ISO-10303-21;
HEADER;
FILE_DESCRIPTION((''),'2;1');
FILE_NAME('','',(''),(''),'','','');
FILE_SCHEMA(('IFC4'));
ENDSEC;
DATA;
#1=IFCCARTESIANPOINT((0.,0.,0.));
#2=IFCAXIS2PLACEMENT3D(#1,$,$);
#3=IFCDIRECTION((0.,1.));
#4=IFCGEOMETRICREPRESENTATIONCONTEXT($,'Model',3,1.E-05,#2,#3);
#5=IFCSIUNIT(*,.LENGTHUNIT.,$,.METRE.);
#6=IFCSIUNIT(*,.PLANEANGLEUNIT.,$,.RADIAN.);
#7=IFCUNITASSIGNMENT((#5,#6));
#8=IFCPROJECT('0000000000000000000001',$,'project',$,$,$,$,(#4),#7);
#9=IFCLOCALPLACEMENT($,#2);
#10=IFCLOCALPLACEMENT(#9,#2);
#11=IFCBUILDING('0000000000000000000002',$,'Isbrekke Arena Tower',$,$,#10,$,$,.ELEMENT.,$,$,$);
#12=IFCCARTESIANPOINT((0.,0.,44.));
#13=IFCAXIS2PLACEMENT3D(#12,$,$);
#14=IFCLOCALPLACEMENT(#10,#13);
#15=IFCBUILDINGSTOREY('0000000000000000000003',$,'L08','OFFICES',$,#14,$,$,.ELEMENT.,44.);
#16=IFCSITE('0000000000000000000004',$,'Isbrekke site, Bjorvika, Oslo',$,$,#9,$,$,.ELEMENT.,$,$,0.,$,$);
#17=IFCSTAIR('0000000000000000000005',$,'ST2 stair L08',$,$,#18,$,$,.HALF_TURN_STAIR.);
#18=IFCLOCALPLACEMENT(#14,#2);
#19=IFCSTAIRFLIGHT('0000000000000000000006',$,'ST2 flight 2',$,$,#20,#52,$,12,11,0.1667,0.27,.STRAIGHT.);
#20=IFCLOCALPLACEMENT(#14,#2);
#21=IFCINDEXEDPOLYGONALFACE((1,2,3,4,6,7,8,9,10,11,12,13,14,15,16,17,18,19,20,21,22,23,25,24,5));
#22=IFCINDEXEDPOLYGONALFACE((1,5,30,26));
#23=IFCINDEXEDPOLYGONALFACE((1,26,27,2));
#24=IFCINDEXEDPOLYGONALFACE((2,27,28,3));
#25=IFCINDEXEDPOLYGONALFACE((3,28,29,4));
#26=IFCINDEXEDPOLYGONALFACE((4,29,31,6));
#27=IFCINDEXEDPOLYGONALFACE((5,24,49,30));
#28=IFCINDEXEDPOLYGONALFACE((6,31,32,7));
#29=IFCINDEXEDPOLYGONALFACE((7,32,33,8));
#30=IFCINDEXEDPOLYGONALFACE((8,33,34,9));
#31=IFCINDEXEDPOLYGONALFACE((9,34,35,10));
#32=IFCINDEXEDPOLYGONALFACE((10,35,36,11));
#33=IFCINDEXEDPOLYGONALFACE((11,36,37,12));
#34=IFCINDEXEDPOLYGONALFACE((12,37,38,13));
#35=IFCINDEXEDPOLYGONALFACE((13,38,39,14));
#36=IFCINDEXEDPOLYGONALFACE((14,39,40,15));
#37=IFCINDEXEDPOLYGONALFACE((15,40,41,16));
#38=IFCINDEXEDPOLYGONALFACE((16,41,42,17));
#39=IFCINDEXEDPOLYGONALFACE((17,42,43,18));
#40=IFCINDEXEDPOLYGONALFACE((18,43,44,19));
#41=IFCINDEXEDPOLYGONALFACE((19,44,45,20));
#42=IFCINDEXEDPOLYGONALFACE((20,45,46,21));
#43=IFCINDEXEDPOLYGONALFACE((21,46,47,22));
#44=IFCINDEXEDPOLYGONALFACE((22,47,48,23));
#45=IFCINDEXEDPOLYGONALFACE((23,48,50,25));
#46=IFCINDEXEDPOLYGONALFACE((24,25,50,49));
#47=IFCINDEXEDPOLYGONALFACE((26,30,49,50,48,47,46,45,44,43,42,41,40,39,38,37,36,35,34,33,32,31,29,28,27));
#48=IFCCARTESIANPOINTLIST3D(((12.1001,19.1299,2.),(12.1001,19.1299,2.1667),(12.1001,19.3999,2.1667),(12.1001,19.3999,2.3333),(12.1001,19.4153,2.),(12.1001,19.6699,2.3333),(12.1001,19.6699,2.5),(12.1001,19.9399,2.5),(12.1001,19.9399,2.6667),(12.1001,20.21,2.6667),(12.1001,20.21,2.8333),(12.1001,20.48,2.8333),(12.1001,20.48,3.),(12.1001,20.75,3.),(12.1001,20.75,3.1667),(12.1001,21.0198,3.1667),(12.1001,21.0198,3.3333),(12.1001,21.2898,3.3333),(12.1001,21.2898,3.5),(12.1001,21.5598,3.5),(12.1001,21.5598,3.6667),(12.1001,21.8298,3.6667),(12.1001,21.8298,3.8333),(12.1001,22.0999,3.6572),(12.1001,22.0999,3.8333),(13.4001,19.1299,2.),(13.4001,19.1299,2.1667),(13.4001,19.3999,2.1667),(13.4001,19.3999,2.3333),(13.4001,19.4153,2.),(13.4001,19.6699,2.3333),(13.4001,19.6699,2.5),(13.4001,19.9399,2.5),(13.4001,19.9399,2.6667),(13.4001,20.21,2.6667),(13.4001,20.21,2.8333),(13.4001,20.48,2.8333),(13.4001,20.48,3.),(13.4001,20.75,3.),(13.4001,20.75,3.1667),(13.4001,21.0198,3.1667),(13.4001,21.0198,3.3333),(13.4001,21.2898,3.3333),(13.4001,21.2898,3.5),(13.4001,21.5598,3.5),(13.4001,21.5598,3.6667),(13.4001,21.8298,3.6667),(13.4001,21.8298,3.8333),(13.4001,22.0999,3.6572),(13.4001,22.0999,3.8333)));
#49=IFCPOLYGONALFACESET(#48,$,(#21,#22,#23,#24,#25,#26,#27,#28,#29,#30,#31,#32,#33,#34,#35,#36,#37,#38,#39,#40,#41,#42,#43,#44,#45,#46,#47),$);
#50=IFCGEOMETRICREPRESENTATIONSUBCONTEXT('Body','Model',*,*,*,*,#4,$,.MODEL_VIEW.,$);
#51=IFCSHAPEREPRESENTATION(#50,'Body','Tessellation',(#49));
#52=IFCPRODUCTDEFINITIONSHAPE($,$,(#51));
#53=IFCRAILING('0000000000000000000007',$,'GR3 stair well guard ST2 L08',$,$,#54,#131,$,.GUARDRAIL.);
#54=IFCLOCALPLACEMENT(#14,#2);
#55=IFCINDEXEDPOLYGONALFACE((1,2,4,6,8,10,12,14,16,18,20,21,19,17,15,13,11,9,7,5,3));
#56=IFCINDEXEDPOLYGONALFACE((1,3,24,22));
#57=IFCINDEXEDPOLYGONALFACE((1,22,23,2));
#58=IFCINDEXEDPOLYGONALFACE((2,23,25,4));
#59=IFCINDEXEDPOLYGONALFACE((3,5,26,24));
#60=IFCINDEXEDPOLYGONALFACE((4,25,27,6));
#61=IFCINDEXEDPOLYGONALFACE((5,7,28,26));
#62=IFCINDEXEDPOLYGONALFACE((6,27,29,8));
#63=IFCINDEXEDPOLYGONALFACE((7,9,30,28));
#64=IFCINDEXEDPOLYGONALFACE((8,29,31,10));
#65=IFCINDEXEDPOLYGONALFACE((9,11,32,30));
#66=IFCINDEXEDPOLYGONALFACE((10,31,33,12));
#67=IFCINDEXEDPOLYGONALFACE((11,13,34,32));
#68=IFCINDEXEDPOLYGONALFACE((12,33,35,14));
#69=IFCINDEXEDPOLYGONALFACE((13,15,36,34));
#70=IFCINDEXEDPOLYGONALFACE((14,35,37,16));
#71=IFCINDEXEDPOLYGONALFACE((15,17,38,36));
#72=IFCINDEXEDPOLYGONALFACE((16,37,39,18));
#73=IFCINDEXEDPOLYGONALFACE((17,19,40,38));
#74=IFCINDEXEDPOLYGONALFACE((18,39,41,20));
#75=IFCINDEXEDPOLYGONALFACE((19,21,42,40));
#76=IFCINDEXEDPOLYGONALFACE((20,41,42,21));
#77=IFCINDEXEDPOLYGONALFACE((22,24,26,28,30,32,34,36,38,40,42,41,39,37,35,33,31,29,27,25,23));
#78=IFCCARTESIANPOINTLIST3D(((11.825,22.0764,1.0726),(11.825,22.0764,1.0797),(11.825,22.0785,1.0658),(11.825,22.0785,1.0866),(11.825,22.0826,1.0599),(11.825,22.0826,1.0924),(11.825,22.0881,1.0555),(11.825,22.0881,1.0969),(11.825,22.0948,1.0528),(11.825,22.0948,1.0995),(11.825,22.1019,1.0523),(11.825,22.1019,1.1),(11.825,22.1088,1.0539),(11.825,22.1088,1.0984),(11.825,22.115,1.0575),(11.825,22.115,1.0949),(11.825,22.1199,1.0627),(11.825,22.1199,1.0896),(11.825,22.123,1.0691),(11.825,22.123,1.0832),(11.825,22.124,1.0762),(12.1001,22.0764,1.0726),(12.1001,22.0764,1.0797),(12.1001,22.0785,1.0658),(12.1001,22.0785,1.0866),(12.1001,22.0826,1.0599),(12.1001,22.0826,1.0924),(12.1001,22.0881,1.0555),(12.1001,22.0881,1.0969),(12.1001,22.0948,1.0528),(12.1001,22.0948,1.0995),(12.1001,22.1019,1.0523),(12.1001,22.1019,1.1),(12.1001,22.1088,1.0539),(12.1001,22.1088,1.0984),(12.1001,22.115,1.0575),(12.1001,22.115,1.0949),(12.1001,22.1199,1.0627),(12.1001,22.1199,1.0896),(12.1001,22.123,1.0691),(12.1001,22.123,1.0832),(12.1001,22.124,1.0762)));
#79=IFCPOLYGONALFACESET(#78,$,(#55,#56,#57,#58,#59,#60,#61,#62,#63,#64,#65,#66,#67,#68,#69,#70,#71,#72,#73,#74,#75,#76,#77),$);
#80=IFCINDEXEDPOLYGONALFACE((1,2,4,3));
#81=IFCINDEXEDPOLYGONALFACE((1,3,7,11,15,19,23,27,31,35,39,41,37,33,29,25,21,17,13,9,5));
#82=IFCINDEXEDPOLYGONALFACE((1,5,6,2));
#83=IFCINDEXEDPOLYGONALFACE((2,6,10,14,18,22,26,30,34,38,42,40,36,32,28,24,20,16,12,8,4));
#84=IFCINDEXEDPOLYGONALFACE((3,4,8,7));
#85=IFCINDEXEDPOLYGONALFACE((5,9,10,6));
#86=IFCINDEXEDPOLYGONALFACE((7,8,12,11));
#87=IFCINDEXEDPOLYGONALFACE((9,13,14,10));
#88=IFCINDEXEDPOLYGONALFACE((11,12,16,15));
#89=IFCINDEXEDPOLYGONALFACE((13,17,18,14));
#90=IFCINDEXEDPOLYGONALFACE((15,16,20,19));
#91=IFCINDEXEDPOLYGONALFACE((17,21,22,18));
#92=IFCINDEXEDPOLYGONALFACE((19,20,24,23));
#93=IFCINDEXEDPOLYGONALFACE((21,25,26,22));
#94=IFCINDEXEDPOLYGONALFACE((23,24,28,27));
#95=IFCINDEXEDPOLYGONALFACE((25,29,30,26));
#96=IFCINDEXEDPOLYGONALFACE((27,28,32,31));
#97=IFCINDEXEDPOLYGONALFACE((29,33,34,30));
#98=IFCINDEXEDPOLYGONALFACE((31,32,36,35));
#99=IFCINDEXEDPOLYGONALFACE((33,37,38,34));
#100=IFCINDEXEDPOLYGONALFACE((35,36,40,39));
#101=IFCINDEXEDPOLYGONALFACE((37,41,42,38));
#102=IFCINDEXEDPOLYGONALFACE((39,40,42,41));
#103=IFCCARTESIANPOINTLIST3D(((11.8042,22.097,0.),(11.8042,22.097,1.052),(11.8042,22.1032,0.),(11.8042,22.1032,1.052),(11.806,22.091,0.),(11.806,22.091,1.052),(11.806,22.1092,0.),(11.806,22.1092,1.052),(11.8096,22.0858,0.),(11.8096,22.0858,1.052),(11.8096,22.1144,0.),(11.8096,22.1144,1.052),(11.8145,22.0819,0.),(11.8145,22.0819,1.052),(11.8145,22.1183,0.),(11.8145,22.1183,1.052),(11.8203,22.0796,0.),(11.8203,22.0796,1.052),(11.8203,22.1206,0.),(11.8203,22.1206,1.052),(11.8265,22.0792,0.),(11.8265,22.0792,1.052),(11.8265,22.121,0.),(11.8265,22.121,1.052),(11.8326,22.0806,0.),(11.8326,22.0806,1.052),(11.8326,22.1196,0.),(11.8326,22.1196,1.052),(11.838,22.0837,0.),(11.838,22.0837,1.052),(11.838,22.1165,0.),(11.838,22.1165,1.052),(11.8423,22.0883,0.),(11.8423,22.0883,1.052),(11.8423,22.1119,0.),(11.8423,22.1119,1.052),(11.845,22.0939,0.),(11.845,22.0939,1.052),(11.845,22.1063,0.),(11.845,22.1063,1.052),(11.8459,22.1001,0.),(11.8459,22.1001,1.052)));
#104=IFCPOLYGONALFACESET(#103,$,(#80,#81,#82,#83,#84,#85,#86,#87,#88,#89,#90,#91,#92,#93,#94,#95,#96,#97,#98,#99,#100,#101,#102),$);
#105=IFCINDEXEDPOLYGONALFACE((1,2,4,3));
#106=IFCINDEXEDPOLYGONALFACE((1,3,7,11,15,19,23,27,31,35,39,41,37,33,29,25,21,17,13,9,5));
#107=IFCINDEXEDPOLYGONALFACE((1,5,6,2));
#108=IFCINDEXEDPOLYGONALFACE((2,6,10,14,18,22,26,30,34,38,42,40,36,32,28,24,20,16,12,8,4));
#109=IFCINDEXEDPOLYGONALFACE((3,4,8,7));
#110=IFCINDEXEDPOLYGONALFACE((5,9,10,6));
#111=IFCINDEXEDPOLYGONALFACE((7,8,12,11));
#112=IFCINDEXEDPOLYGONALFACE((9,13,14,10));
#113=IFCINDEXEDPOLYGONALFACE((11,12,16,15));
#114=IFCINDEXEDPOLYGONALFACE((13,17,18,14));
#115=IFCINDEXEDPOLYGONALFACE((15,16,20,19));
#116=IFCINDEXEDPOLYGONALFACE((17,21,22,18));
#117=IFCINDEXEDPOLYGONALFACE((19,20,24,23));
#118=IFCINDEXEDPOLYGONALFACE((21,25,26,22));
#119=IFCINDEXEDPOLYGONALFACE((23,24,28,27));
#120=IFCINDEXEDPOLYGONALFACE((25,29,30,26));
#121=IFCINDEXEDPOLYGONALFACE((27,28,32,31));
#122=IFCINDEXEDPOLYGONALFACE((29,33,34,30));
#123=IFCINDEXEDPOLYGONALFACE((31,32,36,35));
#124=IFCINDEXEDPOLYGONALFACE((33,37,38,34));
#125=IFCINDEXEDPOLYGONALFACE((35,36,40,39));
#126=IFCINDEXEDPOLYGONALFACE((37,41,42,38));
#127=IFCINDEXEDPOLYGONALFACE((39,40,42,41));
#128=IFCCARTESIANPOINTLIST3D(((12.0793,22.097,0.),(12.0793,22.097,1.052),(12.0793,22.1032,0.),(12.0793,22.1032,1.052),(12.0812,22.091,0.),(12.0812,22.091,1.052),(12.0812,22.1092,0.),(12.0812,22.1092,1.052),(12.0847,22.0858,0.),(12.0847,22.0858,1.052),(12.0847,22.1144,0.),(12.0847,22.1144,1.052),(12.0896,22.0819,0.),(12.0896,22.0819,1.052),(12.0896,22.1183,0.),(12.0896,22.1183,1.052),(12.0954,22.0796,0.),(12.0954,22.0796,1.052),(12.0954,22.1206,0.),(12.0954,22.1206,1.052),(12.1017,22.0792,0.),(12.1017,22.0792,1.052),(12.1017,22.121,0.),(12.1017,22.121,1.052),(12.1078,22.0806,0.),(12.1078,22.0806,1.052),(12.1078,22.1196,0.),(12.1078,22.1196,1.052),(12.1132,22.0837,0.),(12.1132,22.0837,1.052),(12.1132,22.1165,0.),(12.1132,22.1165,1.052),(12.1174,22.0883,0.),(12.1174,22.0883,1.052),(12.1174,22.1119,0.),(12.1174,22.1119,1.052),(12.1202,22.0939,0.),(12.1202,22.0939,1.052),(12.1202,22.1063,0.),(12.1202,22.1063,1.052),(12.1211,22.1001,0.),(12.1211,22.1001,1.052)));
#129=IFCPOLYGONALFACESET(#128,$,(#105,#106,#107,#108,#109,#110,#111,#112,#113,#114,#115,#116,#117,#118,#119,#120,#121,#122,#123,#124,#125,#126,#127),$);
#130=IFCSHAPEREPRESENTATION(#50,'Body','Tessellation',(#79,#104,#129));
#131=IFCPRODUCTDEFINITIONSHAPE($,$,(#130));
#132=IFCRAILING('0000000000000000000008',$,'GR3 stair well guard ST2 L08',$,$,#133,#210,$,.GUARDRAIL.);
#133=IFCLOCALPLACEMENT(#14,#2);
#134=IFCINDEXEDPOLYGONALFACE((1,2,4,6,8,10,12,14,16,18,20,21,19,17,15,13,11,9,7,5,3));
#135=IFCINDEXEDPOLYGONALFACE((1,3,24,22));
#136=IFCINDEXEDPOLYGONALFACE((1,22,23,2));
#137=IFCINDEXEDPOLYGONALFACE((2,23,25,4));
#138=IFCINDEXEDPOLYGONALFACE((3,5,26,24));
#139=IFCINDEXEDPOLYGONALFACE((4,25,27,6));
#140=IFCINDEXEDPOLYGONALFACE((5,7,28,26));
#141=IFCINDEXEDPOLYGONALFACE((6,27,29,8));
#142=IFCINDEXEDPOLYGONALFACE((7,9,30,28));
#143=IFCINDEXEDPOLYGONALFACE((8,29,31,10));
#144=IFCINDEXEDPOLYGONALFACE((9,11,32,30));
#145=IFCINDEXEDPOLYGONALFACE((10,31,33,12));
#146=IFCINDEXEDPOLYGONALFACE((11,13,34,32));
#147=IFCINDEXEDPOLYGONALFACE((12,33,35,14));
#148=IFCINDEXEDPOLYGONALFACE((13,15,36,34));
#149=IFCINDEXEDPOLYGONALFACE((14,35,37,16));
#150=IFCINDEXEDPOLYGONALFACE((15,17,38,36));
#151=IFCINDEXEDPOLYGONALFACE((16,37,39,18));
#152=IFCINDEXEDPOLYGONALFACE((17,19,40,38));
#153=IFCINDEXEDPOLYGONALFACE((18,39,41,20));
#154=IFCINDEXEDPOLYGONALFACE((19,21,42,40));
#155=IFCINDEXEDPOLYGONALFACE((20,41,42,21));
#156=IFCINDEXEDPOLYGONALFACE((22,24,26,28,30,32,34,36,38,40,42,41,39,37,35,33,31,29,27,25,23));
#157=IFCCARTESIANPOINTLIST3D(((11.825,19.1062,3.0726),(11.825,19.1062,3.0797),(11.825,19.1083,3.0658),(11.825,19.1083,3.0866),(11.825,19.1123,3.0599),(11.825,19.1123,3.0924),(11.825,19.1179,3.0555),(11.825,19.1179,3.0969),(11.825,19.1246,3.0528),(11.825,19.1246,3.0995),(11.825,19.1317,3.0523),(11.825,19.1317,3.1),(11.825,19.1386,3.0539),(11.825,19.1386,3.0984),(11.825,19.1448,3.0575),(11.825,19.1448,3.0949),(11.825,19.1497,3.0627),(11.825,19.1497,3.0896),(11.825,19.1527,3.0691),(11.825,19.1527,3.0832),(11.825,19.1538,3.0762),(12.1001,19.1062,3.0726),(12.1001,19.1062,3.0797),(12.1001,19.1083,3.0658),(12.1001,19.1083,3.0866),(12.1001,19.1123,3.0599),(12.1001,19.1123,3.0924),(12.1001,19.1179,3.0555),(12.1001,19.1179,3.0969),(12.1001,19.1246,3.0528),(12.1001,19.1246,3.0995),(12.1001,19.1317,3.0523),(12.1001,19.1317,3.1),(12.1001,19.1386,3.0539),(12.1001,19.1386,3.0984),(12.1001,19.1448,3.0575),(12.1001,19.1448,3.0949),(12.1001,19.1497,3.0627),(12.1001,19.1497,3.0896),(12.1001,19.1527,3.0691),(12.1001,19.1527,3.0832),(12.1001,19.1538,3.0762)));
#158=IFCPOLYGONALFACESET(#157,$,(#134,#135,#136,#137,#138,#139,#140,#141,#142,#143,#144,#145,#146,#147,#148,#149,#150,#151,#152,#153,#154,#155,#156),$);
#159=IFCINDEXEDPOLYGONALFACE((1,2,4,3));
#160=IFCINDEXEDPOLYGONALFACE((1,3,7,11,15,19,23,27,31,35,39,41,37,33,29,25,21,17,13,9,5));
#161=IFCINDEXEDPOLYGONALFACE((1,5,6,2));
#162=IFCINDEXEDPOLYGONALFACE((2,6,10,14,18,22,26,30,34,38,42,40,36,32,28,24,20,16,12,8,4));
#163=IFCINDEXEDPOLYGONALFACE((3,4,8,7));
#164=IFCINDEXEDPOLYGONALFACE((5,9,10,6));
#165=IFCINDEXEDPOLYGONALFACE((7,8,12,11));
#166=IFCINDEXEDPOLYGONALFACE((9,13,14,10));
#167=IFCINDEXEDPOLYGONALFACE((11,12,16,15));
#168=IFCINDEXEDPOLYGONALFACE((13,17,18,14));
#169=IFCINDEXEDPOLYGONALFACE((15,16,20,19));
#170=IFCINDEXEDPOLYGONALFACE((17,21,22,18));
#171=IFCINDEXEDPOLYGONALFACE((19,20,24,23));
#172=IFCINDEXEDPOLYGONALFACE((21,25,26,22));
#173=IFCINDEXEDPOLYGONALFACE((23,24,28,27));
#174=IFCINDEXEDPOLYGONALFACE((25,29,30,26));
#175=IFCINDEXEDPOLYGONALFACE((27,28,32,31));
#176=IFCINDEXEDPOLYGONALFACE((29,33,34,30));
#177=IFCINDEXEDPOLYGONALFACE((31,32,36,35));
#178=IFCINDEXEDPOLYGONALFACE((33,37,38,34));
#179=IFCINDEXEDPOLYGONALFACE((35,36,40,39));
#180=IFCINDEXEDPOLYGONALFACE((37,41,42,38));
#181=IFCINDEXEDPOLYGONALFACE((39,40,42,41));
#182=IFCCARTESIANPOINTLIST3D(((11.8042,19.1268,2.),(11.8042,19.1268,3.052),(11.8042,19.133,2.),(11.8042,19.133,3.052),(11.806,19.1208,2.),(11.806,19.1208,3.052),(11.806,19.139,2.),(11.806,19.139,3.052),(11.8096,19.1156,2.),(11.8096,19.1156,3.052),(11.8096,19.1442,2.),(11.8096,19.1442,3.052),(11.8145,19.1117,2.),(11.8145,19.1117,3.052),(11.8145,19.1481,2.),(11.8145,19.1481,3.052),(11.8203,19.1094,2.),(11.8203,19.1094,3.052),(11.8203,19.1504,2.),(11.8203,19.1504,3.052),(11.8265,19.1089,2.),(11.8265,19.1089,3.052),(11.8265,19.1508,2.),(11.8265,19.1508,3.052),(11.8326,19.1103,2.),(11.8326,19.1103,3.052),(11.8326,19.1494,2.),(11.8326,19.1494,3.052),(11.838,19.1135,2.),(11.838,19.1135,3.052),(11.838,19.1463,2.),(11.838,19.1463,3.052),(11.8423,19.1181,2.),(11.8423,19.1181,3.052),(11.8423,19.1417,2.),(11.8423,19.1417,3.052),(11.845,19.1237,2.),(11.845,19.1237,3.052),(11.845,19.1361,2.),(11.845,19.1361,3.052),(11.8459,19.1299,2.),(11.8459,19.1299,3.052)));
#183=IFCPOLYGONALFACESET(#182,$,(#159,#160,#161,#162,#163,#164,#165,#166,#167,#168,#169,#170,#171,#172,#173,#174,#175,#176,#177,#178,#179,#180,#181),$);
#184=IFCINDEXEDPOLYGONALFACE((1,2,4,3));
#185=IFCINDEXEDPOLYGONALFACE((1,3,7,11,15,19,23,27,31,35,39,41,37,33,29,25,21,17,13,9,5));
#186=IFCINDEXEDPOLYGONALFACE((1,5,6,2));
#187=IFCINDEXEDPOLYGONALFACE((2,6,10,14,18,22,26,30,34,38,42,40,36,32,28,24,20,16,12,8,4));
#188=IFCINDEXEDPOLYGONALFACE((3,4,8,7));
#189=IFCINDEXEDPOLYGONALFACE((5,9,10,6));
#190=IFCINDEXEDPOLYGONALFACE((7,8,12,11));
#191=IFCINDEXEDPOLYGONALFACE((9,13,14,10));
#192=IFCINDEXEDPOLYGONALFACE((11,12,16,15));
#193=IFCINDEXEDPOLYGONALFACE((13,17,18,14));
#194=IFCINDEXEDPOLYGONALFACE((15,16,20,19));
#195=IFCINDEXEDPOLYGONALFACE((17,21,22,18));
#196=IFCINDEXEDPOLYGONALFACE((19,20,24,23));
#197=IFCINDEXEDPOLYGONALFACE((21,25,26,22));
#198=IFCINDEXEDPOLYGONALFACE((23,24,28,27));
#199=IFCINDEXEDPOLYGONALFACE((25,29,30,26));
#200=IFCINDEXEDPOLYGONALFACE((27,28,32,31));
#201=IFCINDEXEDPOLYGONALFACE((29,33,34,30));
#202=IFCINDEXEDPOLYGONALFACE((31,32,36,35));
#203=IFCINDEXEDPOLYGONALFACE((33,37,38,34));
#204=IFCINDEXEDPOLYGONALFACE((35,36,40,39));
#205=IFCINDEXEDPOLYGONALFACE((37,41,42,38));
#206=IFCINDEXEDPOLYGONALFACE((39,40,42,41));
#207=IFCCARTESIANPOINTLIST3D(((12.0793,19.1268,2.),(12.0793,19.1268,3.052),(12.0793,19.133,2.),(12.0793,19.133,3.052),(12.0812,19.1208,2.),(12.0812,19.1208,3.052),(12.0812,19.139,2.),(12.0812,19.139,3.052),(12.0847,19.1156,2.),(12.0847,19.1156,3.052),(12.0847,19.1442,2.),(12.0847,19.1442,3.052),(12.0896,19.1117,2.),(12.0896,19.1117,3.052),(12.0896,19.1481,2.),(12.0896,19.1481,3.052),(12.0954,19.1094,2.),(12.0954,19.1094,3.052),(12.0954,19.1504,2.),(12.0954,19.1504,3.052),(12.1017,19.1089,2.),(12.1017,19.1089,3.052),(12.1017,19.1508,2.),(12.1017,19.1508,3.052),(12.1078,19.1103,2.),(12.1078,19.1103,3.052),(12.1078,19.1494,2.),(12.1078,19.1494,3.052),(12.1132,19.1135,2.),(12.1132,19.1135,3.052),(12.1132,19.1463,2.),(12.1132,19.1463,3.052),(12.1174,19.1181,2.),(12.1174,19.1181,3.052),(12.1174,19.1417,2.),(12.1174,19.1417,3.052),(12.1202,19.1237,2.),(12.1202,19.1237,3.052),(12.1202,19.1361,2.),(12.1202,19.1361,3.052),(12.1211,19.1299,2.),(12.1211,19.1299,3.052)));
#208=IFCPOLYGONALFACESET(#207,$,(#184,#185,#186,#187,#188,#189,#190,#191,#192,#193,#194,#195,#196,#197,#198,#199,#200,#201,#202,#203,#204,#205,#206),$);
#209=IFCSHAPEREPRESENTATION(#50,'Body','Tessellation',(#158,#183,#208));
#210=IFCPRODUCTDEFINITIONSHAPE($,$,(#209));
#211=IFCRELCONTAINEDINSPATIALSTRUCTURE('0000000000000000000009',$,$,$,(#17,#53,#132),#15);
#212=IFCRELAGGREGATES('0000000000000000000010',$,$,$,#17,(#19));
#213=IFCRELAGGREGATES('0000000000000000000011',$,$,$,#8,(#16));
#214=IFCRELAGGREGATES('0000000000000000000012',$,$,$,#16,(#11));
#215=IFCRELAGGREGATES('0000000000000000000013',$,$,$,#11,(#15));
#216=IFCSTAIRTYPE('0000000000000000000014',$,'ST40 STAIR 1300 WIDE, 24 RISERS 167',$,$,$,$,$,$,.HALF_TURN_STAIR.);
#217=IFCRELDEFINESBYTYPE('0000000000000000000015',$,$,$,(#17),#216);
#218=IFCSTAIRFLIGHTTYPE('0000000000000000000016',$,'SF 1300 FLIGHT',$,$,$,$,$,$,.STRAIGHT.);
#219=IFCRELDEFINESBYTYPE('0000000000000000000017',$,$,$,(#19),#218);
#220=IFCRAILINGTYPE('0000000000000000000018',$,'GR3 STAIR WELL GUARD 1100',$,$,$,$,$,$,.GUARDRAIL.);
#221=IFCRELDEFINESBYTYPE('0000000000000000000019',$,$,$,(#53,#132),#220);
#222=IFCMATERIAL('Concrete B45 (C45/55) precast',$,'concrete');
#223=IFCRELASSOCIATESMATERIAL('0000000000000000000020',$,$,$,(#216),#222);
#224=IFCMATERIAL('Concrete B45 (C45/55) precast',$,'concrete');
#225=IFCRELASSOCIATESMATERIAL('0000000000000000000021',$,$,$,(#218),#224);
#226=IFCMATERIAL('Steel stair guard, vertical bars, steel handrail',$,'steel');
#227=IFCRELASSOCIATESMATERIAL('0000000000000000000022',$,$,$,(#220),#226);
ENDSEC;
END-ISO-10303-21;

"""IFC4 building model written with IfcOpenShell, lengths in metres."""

from ifc_helpers import new_model, si_unit, direction, frame, origin, origin_2d, place, context, subcontext, project, spatial, polyline, circle, outline, extrude, material, type_object, element, aggregate, save


model = new_model("IFC4")

# Units and contexts
model_context = context("Model", 3, precision=1e-05, world=origin(), true_north=direction((0.0, 1.0)))
body_context = subcontext(model_context, "Body", "Model", "MODEL_VIEW")
ifc_project = project(units=[si_unit("LENGTHUNIT", "METRE"), si_unit("PLANEANGLEUNIT", "RADIAN")], contexts=[model_context])

# Site, building, storey
site_placement = place(None, origin())
site = spatial("IfcSite", under=ifc_project, at=site_placement, Name="Isbrekke site, Bjorvika, Oslo", CompositionType="ELEMENT", RefElevation=0.0)
building_placement = place(site_placement, origin())
building = spatial("IfcBuilding", under=site, at=building_placement, Name="Isbrekke Arena Tower", CompositionType="ELEMENT")
storey_placement = place(building_placement, frame((0.0, 0.0, 44.0)))
storey = spatial("IfcBuildingStorey", under=building, at=storey_placement, Name="L08", Description="OFFICES", CompositionType="ELEMENT", Elevation=44.0)

# Stair, stair flight
ifc_material_1 = material(Name="Concrete B45 (C45/55) precast", Category="concrete")
stair_type = type_object("IfcStairType", Name="ST40 STAIR 1300 WIDE, 24 RISERS 167", PredefinedType="HALF_TURN_STAIR", material=ifc_material_1)
stair_placement = place(storey_placement, origin())
stair = element("IfcStair", 1, at=stair_placement, inside=storey, type_object=stair_type, Name="ST2 stair L08", PredefinedType="HALF_TURN_STAIR")
ifc_material_2 = material(Name="Concrete B45 (C45/55) precast", Category="concrete")
stair_flight_type = type_object("IfcStairFlightType", Name="SF 1300 FLIGHT", PredefinedType="STRAIGHT", material=ifc_material_2)
stair_flight_1_placement = place(storey_placement, frame((12.75, 19.1299, 2.0), z_axis=(0.0, 0.0, 1.0), x_axis=(0.0, 1.0, 0.0)))
stair_flight_1 = element("IfcStairFlight", 2, at=stair_flight_1_placement, type_object=stair_flight_type, Name="ST2 flight 2", NumberOfRisers=12, NumberOfTreads=11, PredefinedType="STRAIGHT", RiserHeight=0.1667, TreadLength=0.27, context=body_context, shape_type="SweptSolid", body=[
    extrude(outline(polyline([(0.0, 0.0), (0.0, 0.1667), (0.27, 0.1667), (0.27, 0.3333), (0.54, 0.3333), (0.54, 0.5), (0.8101, 0.5), (0.8101, 0.6667), (1.0801, 0.6667), (1.0801, 0.8333), (1.3501, 0.8333), (1.3501, 1.0), (1.6201, 1.0), (1.6201, 1.1667), (1.8899, 1.1667), (1.8899, 1.3333), (2.1599, 1.3333), (2.1599, 1.5), (2.4299, 1.5), (2.4299, 1.6667), (2.7, 1.6667), (2.7, 1.8333), (2.97, 1.8333), (2.97, 2.0), (2.97, 1.6572), (0.2854, 0.0), (0.0, 0.0)])), frame((0.0, 0.6499, 0.0), z_axis=(0.0, -1.0, 0.0), x_axis=(1.0, 0.0, 0.0)), (0.0, 0.0, 1.0), 1.3),
])
aggregate(stair, [stair_flight_1])

# Railings
ifc_material_3 = material(Name="Steel stair guard, vertical bars, steel handrail", Category="steel")
railing_type = type_object("IfcRailingType", Name="GR3 STAIR WELL GUARD 1100", PredefinedType="GUARDRAIL", material=ifc_material_3)
for number, where, name in (
    (3, (11.825, 22.1001, 0.0), "GR3 stair well guard ST2 L08"),
    (4, (11.825, 19.1299, 2.0), "GR3 stair well guard ST2 L08"),
):
    element("IfcRailing", number, at=place(storey_placement, frame(where)), inside=storey, type_object=railing_type, Name=name, PredefinedType="GUARDRAIL", context=body_context, shape_type="SweptSolid", body=[
        extrude(circle(Radius=0.0239, at=origin_2d()), frame((0.0, 0.0, 1.0762), z_axis=(1.0, 0.0, 0.0), x_axis=(0.0, 1.0, 0.0)), (0.0, 0.0, 1.0), 0.2751),
        extrude(circle(Radius=0.021, at=origin_2d()), origin(), (0.0, 0.0, 1.0), 1.052),
        extrude(circle(Radius=0.021, at=origin_2d()), frame((0.2751, 0.0, 0.0)), (0.0, 0.0, 1.0), 1.052),
    ])

save(model, "model.ifc")
